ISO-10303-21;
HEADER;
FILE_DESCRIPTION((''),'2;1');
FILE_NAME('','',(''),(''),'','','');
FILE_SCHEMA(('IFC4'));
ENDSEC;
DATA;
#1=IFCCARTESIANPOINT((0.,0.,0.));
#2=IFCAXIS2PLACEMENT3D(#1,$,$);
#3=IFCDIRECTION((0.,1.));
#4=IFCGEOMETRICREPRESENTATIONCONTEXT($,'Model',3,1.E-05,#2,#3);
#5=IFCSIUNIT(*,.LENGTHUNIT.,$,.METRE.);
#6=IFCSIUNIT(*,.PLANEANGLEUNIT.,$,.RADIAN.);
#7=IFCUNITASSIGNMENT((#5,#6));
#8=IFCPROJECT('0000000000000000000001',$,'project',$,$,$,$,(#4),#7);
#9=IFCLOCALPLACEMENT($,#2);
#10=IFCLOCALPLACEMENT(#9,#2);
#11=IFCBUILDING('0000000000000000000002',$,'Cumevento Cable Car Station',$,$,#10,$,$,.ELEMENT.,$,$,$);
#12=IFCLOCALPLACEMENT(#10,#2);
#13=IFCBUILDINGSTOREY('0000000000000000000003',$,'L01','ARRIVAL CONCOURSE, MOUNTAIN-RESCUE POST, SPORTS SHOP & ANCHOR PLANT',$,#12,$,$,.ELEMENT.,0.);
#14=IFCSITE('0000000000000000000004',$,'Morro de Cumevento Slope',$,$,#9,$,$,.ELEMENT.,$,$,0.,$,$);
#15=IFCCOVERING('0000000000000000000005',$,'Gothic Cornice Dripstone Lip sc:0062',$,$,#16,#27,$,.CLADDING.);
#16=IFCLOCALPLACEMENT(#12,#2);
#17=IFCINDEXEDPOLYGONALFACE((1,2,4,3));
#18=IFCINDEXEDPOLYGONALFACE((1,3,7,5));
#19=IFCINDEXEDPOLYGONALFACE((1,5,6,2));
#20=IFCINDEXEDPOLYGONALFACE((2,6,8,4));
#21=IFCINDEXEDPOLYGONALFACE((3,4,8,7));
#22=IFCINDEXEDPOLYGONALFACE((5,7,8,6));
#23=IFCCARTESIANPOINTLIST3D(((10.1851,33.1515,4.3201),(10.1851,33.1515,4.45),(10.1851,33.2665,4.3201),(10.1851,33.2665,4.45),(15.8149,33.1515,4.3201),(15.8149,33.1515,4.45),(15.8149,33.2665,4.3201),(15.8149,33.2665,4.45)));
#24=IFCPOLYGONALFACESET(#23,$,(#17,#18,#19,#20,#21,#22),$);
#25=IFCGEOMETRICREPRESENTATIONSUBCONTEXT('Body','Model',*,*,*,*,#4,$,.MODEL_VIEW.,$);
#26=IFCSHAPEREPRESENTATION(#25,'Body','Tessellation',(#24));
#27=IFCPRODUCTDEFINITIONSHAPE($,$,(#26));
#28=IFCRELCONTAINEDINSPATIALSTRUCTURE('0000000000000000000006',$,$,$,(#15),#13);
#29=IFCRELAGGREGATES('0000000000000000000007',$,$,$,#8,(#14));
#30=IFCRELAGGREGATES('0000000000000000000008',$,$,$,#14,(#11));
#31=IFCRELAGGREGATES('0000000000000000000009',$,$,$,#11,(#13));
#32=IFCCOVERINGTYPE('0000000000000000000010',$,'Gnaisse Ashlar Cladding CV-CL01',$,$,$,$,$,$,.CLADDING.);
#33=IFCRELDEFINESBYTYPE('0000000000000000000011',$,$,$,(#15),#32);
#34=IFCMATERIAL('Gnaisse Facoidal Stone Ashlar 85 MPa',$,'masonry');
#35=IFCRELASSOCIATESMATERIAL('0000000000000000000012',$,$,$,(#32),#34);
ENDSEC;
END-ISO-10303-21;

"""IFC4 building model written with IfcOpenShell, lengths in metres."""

from ifc_helpers import new_model, si_unit, direction, frame, origin, origin_2d, place, context, subcontext, project, spatial, rectangle, extrude, material, type_object, element, save


model = new_model("IFC4")

# Units and contexts
model_context = context("Model", 3, precision=1e-05, world=origin(), true_north=direction((0.0, 1.0)))
body_context = subcontext(model_context, "Body", "Model", "MODEL_VIEW")
ifc_project = project(units=[si_unit("LENGTHUNIT", "METRE"), si_unit("PLANEANGLEUNIT", "RADIAN")], contexts=[model_context])

# Site, building, storey
site_placement = place(None, origin())
site = spatial("IfcSite", under=ifc_project, at=site_placement, Name="Morro de Cumevento Slope", CompositionType="ELEMENT", RefElevation=0.0)
building_placement = place(site_placement, origin())
building = spatial("IfcBuilding", under=site, at=building_placement, Name="Cumevento Cable Car Station", CompositionType="ELEMENT")
storey_placement = place(building_placement, origin())
storey = spatial("IfcBuildingStorey", under=building, at=storey_placement, Name="L01", Description="ARRIVAL CONCOURSE, MOUNTAIN-RESCUE POST, SPORTS SHOP & ANCHOR PLANT", CompositionType="ELEMENT", Elevation=0.0)

# Covering
ifc_material_1 = material(Name="Gnaisse Facoidal Stone Ashlar 85 MPa", Category="masonry")
covering_type = type_object("IfcCoveringType", Name="Gnaisse Ashlar Cladding CV-CL01", PredefinedType="CLADDING", material=ifc_material_1)
covering_1_placement = place(storey_placement, frame((13.0, 33.209, 4.3201), z_axis=(0.0, 0.0, 1.0), x_axis=(1.0, 0.0, 0.0)))
element("IfcCovering", 1, at=covering_1_placement, inside=storey, type_object=covering_type, Name="Gothic Cornice Dripstone Lip sc:0062", PredefinedType="CLADDING", context=body_context, shape_type="SweptSolid", body=[
    extrude(rectangle(XDim=5.6299, YDim=0.115, at=origin_2d()), origin(), (0.0, 0.0, 1.0), 0.1299),
])

save(model, "model.ifc")
